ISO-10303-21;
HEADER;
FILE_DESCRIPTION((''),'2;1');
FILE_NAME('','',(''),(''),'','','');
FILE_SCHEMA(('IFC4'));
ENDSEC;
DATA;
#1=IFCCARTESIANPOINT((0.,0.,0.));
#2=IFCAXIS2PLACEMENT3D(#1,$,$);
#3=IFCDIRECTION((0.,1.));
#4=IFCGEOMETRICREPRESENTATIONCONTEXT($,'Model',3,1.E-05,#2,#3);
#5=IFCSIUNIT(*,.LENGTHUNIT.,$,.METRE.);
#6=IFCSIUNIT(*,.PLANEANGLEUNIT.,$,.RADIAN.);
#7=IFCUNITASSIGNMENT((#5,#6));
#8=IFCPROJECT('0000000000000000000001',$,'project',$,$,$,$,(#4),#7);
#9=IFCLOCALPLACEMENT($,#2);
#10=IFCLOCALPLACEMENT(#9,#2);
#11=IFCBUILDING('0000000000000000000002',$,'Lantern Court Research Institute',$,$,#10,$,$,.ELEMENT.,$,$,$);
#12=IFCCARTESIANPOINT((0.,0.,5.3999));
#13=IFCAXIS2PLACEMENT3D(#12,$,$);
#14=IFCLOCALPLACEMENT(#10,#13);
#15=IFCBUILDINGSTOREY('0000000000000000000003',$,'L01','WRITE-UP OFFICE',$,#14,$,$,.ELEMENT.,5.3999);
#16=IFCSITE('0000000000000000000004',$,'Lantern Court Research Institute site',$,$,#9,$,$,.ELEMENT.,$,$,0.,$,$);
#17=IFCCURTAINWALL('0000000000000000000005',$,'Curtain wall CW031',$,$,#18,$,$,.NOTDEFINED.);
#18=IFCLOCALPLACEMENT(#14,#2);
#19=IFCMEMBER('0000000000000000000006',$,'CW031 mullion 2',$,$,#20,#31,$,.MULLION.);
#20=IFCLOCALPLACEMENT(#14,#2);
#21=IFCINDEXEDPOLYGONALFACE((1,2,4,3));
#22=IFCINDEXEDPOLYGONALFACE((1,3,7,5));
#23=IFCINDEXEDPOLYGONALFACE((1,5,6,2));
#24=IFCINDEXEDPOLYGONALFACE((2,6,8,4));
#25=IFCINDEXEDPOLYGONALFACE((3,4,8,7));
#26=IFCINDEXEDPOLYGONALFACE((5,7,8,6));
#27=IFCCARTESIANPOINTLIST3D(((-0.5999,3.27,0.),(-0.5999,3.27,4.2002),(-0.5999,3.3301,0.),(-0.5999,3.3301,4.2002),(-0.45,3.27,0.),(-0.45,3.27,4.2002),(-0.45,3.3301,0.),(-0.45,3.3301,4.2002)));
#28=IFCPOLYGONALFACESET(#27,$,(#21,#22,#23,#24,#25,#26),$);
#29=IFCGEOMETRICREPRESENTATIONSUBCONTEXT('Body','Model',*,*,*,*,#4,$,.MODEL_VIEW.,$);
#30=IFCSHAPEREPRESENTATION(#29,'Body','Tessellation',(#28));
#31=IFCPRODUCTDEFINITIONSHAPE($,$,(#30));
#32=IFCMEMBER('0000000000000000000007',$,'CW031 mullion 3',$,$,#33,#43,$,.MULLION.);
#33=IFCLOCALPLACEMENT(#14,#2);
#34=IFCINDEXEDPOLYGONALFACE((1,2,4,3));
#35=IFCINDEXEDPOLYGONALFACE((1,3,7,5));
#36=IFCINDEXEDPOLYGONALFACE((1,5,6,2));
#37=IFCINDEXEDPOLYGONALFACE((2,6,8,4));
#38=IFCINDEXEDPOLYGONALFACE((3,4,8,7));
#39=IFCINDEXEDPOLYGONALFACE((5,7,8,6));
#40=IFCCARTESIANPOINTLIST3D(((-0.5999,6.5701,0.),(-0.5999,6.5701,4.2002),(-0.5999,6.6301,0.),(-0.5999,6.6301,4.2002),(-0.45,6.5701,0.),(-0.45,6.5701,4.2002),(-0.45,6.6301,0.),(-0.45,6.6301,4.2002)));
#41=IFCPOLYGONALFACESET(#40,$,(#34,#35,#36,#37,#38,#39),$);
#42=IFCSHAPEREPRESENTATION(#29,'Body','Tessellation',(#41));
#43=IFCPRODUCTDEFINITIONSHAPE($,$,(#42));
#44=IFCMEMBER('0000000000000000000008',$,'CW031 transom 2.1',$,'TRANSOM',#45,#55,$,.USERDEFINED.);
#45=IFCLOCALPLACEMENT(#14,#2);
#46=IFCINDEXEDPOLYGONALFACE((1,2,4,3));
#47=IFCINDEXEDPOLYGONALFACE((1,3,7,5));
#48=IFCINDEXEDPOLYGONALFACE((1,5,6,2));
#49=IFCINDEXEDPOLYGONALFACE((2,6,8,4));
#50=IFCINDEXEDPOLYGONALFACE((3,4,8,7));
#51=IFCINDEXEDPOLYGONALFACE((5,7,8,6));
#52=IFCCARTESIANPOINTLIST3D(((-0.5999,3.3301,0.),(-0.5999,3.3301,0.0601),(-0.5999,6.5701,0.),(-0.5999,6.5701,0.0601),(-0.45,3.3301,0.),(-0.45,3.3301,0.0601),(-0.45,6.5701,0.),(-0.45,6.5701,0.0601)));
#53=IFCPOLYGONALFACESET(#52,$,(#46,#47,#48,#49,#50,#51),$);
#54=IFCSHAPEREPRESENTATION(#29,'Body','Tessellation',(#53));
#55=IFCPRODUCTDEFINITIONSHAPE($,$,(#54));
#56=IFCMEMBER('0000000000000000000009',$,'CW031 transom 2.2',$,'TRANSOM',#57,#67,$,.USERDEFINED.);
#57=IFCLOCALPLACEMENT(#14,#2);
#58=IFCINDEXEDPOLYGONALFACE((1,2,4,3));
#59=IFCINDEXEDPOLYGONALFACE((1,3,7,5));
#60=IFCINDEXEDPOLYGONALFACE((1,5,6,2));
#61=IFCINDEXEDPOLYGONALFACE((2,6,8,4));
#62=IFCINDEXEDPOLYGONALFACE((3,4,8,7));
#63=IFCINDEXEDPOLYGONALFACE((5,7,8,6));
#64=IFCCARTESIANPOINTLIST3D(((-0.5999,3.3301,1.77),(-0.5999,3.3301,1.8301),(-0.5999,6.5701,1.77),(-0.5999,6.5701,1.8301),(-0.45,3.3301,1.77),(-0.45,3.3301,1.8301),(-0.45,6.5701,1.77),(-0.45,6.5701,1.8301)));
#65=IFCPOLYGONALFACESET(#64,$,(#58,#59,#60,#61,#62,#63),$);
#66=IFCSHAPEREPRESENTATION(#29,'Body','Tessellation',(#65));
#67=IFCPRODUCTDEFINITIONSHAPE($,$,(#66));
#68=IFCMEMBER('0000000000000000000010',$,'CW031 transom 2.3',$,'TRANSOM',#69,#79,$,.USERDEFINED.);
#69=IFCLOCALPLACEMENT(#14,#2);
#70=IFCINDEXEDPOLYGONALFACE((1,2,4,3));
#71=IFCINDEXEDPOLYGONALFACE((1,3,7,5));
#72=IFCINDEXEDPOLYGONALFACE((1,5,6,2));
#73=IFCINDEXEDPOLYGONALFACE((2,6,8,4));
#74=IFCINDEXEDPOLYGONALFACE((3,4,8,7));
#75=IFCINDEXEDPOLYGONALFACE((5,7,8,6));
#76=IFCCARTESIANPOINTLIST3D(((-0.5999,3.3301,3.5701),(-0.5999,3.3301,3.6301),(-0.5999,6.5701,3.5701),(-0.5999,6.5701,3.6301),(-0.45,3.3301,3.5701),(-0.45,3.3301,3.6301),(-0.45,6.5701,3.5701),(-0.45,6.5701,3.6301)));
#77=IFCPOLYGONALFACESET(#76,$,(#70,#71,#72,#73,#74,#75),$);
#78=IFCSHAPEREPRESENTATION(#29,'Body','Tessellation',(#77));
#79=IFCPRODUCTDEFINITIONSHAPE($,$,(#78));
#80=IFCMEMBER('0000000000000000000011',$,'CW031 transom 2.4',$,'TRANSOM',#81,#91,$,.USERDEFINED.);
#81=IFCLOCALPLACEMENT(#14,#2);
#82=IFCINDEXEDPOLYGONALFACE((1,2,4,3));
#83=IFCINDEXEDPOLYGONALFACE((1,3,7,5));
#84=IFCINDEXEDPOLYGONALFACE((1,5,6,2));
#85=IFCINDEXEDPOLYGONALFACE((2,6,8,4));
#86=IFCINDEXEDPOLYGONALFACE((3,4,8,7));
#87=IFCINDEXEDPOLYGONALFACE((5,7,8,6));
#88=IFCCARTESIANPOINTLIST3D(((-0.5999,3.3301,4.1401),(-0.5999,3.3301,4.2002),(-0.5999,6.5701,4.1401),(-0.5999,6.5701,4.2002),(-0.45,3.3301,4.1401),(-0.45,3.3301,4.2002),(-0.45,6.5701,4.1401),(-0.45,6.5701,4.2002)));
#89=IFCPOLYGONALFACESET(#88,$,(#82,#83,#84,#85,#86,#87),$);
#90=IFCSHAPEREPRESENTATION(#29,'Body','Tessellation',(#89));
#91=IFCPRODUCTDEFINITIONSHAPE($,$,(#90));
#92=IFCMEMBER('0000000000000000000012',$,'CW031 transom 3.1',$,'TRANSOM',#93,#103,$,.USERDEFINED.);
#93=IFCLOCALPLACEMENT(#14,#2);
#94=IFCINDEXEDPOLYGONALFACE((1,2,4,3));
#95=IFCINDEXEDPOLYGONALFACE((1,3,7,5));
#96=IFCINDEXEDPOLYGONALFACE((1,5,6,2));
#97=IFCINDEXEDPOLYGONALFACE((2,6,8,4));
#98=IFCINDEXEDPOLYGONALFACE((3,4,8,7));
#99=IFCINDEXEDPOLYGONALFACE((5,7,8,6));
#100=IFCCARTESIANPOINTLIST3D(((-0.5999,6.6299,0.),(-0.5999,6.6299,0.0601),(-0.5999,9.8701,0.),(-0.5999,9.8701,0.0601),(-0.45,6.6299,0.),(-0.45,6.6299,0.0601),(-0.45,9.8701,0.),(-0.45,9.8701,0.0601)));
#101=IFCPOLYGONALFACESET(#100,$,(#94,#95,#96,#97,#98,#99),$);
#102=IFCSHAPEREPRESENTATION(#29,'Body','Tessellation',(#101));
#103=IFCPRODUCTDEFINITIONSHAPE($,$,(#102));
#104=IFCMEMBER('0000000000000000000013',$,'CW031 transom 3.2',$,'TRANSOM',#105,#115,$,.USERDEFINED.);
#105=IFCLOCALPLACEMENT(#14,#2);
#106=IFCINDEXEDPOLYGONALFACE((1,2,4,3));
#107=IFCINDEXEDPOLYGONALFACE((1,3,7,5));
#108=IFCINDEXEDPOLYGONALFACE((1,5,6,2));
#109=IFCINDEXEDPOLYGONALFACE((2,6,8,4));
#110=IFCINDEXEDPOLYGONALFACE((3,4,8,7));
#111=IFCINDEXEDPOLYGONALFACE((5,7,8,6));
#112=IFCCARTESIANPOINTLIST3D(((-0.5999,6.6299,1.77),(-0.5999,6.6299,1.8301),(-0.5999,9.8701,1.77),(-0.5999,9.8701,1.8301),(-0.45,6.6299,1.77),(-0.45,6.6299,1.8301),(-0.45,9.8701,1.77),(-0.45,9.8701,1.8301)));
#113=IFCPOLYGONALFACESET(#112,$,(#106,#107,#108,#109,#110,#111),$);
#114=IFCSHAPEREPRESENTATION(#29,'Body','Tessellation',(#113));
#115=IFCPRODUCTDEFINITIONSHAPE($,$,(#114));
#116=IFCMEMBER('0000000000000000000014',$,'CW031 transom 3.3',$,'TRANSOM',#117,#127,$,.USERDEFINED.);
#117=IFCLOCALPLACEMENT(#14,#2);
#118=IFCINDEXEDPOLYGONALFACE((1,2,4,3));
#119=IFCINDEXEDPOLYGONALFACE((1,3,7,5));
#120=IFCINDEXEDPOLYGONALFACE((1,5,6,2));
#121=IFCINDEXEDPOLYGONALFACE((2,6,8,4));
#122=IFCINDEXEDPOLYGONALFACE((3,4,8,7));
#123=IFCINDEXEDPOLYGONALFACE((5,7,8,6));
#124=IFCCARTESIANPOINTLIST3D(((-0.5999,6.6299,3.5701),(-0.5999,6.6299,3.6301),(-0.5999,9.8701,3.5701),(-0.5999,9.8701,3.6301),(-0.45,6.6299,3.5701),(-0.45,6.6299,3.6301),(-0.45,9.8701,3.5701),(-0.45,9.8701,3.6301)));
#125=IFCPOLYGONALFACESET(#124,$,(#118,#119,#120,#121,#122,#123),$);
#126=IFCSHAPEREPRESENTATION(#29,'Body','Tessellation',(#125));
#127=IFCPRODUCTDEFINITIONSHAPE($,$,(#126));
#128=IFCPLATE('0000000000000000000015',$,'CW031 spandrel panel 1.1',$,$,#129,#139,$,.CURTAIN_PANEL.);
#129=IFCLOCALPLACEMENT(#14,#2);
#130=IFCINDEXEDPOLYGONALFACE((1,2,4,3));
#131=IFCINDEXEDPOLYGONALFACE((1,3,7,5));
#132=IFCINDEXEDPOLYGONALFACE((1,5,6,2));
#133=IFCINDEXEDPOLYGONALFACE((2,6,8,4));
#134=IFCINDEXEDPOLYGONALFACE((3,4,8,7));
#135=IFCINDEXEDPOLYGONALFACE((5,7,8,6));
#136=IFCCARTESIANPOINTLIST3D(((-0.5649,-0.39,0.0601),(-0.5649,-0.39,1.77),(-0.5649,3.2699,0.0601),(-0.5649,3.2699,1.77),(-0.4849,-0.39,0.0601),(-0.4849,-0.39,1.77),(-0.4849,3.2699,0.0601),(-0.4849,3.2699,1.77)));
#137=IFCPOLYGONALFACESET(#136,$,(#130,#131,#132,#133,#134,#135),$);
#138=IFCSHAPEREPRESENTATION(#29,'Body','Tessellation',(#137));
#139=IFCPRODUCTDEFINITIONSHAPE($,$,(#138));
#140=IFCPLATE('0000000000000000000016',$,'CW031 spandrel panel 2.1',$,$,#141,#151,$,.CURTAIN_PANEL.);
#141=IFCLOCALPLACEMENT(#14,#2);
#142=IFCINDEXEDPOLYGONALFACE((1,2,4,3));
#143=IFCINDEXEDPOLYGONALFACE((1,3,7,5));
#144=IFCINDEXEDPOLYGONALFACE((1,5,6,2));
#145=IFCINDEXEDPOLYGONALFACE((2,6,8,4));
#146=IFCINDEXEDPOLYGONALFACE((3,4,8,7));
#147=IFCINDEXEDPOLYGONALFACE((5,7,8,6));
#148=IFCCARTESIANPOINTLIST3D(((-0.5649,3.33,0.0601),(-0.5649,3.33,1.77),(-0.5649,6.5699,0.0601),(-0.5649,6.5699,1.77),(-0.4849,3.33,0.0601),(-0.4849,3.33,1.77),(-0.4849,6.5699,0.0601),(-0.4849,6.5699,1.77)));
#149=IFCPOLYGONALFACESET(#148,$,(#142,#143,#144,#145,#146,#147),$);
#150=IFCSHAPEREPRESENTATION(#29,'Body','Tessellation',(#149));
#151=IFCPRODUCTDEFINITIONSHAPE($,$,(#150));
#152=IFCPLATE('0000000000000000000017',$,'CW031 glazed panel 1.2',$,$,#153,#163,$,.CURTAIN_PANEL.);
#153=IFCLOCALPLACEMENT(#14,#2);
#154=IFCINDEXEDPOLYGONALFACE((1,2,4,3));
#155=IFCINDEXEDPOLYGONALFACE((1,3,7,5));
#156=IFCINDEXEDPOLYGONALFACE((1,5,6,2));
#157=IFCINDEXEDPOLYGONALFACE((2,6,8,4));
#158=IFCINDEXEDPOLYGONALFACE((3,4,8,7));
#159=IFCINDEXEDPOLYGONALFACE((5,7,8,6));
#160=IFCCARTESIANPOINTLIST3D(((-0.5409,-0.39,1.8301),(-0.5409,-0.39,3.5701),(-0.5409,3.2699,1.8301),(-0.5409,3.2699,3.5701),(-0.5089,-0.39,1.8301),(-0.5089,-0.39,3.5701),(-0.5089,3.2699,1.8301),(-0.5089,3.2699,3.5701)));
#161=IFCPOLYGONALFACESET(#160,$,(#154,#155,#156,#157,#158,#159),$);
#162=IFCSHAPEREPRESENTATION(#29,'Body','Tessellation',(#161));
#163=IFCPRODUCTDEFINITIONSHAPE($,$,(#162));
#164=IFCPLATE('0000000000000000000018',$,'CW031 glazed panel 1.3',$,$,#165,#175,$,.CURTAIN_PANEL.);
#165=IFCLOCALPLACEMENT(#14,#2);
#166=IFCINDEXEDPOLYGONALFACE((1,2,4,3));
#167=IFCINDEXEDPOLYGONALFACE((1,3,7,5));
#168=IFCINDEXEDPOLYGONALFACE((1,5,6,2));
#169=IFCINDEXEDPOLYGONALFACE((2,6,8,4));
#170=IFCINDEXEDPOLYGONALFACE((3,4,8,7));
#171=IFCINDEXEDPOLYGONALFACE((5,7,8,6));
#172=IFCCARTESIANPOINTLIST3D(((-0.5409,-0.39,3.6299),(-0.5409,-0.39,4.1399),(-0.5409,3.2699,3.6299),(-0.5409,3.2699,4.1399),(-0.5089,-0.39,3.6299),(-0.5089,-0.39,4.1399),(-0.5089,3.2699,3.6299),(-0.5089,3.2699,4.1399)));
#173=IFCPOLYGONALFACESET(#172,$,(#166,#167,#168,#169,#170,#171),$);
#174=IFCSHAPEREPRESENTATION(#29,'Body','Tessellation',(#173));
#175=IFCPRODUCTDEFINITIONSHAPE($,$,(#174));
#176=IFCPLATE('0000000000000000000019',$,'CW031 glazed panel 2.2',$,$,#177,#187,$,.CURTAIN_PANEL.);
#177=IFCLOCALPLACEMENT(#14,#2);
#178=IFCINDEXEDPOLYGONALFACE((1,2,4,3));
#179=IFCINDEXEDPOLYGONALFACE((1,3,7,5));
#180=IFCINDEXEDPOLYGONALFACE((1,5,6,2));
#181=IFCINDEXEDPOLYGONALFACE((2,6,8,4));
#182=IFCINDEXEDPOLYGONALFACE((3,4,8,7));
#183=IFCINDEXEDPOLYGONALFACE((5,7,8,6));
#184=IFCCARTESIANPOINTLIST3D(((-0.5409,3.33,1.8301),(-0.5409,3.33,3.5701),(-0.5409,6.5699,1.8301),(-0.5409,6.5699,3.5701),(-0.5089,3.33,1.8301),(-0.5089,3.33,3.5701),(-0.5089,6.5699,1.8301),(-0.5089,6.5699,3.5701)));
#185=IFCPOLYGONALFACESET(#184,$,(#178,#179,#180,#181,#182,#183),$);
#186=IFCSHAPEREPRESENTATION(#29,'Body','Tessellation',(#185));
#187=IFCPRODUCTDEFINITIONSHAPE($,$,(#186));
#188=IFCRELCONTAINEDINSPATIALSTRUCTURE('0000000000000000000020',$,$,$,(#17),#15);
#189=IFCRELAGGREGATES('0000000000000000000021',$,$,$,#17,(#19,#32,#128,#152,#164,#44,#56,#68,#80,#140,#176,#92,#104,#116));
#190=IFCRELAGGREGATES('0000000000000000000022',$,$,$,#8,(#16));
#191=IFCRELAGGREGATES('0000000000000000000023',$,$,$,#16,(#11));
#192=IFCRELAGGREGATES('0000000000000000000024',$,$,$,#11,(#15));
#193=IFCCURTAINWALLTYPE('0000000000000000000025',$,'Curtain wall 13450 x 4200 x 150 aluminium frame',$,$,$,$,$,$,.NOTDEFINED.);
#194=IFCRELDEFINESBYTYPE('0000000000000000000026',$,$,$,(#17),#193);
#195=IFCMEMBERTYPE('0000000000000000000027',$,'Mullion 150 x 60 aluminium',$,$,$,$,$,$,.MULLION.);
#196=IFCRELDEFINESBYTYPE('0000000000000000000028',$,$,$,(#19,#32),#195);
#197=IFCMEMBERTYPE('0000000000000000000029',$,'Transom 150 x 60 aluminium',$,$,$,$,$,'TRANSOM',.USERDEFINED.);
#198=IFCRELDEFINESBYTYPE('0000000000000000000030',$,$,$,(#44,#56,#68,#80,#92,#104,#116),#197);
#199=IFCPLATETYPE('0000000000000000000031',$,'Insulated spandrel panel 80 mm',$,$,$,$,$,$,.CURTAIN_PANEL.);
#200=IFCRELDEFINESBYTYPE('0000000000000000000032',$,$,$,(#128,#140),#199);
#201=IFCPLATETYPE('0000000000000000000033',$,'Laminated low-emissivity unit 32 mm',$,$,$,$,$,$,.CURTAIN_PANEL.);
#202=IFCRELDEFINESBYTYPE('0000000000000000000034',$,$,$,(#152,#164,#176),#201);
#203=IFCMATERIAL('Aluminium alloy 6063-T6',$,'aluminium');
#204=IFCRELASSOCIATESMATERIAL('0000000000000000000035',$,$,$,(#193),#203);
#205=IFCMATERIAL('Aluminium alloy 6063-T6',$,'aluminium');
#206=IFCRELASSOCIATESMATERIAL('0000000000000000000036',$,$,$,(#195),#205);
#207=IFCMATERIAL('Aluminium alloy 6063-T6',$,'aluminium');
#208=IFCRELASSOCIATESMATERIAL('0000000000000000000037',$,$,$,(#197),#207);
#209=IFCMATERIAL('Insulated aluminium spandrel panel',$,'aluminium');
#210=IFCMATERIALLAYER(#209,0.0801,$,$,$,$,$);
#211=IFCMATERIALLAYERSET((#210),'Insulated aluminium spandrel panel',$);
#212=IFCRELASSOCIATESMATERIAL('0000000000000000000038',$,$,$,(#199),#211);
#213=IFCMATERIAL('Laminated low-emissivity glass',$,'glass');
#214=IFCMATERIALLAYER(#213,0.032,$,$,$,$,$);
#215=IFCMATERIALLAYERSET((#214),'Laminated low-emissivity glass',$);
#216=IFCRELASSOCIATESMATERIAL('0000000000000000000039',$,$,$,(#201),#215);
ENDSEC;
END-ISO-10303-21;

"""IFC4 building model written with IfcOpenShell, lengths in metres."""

from ifc_helpers import new_model, si_unit, direction, frame, origin, origin_2d, place, context, subcontext, project, spatial, rectangle, extrude, material, layer, layer_set, material_profile, profile_set, type_object, element, aggregate, save


model = new_model("IFC4")

# Units and contexts
model_context = context("Model", 3, precision=1e-05, world=origin(), true_north=direction((0.0, 1.0)))
body_context = subcontext(model_context, "Body", "Model", "MODEL_VIEW")
ifc_project = project(units=[si_unit("LENGTHUNIT", "METRE"), si_unit("PLANEANGLEUNIT", "RADIAN")], contexts=[model_context])

# Site, building, storey
site_placement = place(None, origin())
site = spatial("IfcSite", under=ifc_project, at=site_placement, Name="Lantern Court Research Institute site", CompositionType="ELEMENT", RefElevation=0.0)
building_placement = place(site_placement, origin())
building = spatial("IfcBuilding", under=site, at=building_placement, Name="Lantern Court Research Institute", CompositionType="ELEMENT")
storey_placement = place(building_placement, frame((0.0, 0.0, 5.3999)))
storey = spatial("IfcBuildingStorey", under=building, at=storey_placement, Name="L01", Description="WRITE-UP OFFICE", CompositionType="ELEMENT", Elevation=5.3999)

# Curtain wall, members, plates
ifc_material_1 = material(Name="Aluminium alloy 6063-T6", Category="aluminium")
curtain_wall_type = type_object("IfcCurtainWallType", Name="Curtain wall 13450 x 4200 x 150 aluminium frame", PredefinedType="NOTDEFINED", material=ifc_material_1)
curtain_wall_placement = place(storey_placement, origin())
curtain_wall = element("IfcCurtainWall", 1, at=curtain_wall_placement, inside=storey, type_object=curtain_wall_type, Name="Curtain wall CW031", PredefinedType="NOTDEFINED")
ifc_material_2 = material(Name="Aluminium alloy 6063-T6", Category="aluminium")
ifc_material_profile_1 = material_profile(ifc_material_2, rectangle(XDim=0.1499, YDim=0.0601, at=origin_2d()), Name="Mullion 150 x 60")
ifc_profile_set_1 = profile_set([ifc_material_profile_1], Name="Aluminium alloy 6063-T6")
member_type_1 = type_object("IfcMemberType", Name="Mullion 150 x 60 aluminium", PredefinedType="MULLION", material=ifc_profile_set_1)
member_1_placement = place(storey_placement, frame((-0.5249, 3.3, 0.0), z_axis=(0.0, 0.0, 1.0), x_axis=(-1.0, 0.0, 0.0)))
member_1 = element("IfcMember", 2, at=member_1_placement, type_object=member_type_1, Name="CW031 mullion 2", PredefinedType="MULLION", context=body_context, shape_type="SweptSolid", body=[
    extrude(rectangle(XDim=0.1499, YDim=0.0601, at=origin_2d()), origin(), (0.0, 0.0, 1.0), 4.2002),
])
member_2_placement = place(storey_placement, frame((-0.5249, 6.6001, 0.0), z_axis=(0.0, 0.0, 1.0), x_axis=(-1.0, 0.0, 0.0)))
member_2 = element("IfcMember", 3, at=member_2_placement, type_object=member_type_1, Name="CW031 mullion 3", PredefinedType="MULLION", context=body_context, shape_type="SweptSolid", body=[
    extrude(rectangle(XDim=0.1499, YDim=0.0601, at=origin_2d()), origin(), (0.0, 0.0, 1.0), 4.2002),
])
ifc_material_3 = material(Name="Aluminium alloy 6063-T6", Category="aluminium")
ifc_material_profile_2 = material_profile(ifc_material_3, rectangle(XDim=0.1499, YDim=0.0601, at=origin_2d()), Name="Transom 150 x 60")
ifc_profile_set_2 = profile_set([ifc_material_profile_2], Name="Aluminium alloy 6063-T6")
member_type_2 = type_object("IfcMemberType", Name="Transom 150 x 60 aluminium", ElementType="TRANSOM", PredefinedType="USERDEFINED", material=ifc_profile_set_2)
member_3_placement = place(storey_placement, frame((-0.5249, 3.3301, 0.03), z_axis=(0.0, 1.0, 0.0), x_axis=(-1.0, 0.0, 0.0)))
member_3 = element("IfcMember", 4, at=member_3_placement, type_object=member_type_2, Name="CW031 transom 2.1", ObjectType="TRANSOM", PredefinedType="USERDEFINED", context=body_context, shape_type="SweptSolid", body=[
    extrude(rectangle(XDim=0.1499, YDim=0.0601, at=origin_2d()), origin(), (0.0, 0.0, 1.0), 3.24),
])
member_4_placement = place(storey_placement, frame((-0.5249, 3.3301, 1.8), z_axis=(0.0, 1.0, 0.0), x_axis=(-1.0, 0.0, 0.0)))
member_4 = element("IfcMember", 5, at=member_4_placement, type_object=member_type_2, Name="CW031 transom 2.2", ObjectType="TRANSOM", PredefinedType="USERDEFINED", context=body_context, shape_type="SweptSolid", body=[
    extrude(rectangle(XDim=0.1499, YDim=0.0601, at=origin_2d()), origin(), (0.0, 0.0, 1.0), 3.24),
])
member_5_placement = place(storey_placement, frame((-0.5249, 3.3301, 3.6001), z_axis=(0.0, 1.0, 0.0), x_axis=(-1.0, 0.0, 0.0)))
member_5 = element("IfcMember", 6, at=member_5_placement, type_object=member_type_2, Name="CW031 transom 2.3", ObjectType="TRANSOM", PredefinedType="USERDEFINED", context=body_context, shape_type="SweptSolid", body=[
    extrude(rectangle(XDim=0.1499, YDim=0.0601, at=origin_2d()), origin(), (0.0, 0.0, 1.0), 3.24),
])
member_6_placement = place(storey_placement, frame((-0.5249, 3.3301, 4.1702), z_axis=(0.0, 1.0, 0.0), x_axis=(-1.0, 0.0, 0.0)))
member_6 = element("IfcMember", 7, at=member_6_placement, type_object=member_type_2, Name="CW031 transom 2.4", ObjectType="TRANSOM", PredefinedType="USERDEFINED", context=body_context, shape_type="SweptSolid", body=[
    extrude(rectangle(XDim=0.1499, YDim=0.0601, at=origin_2d()), origin(), (0.0, 0.0, 1.0), 3.24),
])
member_7_placement = place(storey_placement, frame((-0.5249, 6.6299, 0.03), z_axis=(0.0, 1.0, 0.0), x_axis=(-1.0, 0.0, 0.0)))
member_7 = element("IfcMember", 8, at=member_7_placement, type_object=member_type_2, Name="CW031 transom 3.1", ObjectType="TRANSOM", PredefinedType="USERDEFINED", context=body_context, shape_type="SweptSolid", body=[
    extrude(rectangle(XDim=0.1499, YDim=0.0601, at=origin_2d()), origin(), (0.0, 0.0, 1.0), 3.2402),
])
member_8_placement = place(storey_placement, frame((-0.5249, 6.6299, 1.8), z_axis=(0.0, 1.0, 0.0), x_axis=(-1.0, 0.0, 0.0)))
member_8 = element("IfcMember", 9, at=member_8_placement, type_object=member_type_2, Name="CW031 transom 3.2", ObjectType="TRANSOM", PredefinedType="USERDEFINED", context=body_context, shape_type="SweptSolid", body=[
    extrude(rectangle(XDim=0.1499, YDim=0.0601, at=origin_2d()), origin(), (0.0, 0.0, 1.0), 3.2402),
])
member_9_placement = place(storey_placement, frame((-0.5249, 6.6299, 3.6001), z_axis=(0.0, 1.0, 0.0), x_axis=(-1.0, 0.0, 0.0)))
member_9 = element("IfcMember", 10, at=member_9_placement, type_object=member_type_2, Name="CW031 transom 3.3", ObjectType="TRANSOM", PredefinedType="USERDEFINED", context=body_context, shape_type="SweptSolid", body=[
    extrude(rectangle(XDim=0.1499, YDim=0.0601, at=origin_2d()), origin(), (0.0, 0.0, 1.0), 3.2402),
])
ifc_material_4 = material(Name="Insulated aluminium spandrel panel", Category="aluminium")
ifc_layer_1 = layer(ifc_material_4, 0.0801)
ifc_layer_set_1 = layer_set([ifc_layer_1], Name="Insulated aluminium spandrel panel")
plate_type_1 = type_object("IfcPlateType", Name="Insulated spandrel panel 80 mm", PredefinedType="CURTAIN_PANEL", material=ifc_layer_set_1)
plate_1_placement = place(storey_placement, frame((-0.5249, 1.4399, 0.0601), z_axis=(0.0, 0.0, 1.0), x_axis=(0.0, 1.0, 0.0)))
plate_1 = element("IfcPlate", 11, at=plate_1_placement, type_object=plate_type_1, Name="CW031 spandrel panel 1.1", PredefinedType="CURTAIN_PANEL", context=body_context, shape_type="SweptSolid", body=[
    extrude(rectangle(XDim=3.6599, YDim=0.0801, at=origin_2d()), origin(), (0.0, 0.0, 1.0), 1.71),
])
plate_2_placement = place(storey_placement, frame((-0.5249, 4.95, 0.0601), z_axis=(0.0, 0.0, 1.0), x_axis=(0.0, 1.0, 0.0)))
plate_2 = element("IfcPlate", 12, at=plate_2_placement, type_object=plate_type_1, Name="CW031 spandrel panel 2.1", PredefinedType="CURTAIN_PANEL", context=body_context, shape_type="SweptSolid", body=[
    extrude(rectangle(XDim=3.24, YDim=0.0801, at=origin_2d()), origin(), (0.0, 0.0, 1.0), 1.71),
])
ifc_material_5 = material(Name="Laminated low-emissivity glass", Category="glass")
ifc_layer_2 = layer(ifc_material_5, 0.032)
ifc_layer_set_2 = layer_set([ifc_layer_2], Name="Laminated low-emissivity glass")
plate_type_2 = type_object("IfcPlateType", Name="Laminated low-emissivity unit 32 mm", PredefinedType="CURTAIN_PANEL", material=ifc_layer_set_2)
plate_3_placement = place(storey_placement, frame((-0.5249, 1.4399, 1.8301), z_axis=(0.0, 0.0, 1.0), x_axis=(0.0, 1.0, 0.0)))
plate_3 = element("IfcPlate", 13, at=plate_3_placement, type_object=plate_type_2, Name="CW031 glazed panel 1.2", PredefinedType="CURTAIN_PANEL", context=body_context, shape_type="SweptSolid", body=[
    extrude(rectangle(XDim=3.6599, YDim=0.032, at=origin_2d()), origin(), (0.0, 0.0, 1.0), 1.74),
])
plate_4_placement = place(storey_placement, frame((-0.5249, 1.4399, 3.6299), z_axis=(0.0, 0.0, 1.0), x_axis=(0.0, 1.0, 0.0)))
plate_4 = element("IfcPlate", 14, at=plate_4_placement, type_object=plate_type_2, Name="CW031 glazed panel 1.3", PredefinedType="CURTAIN_PANEL", context=body_context, shape_type="SweptSolid", body=[
    extrude(rectangle(XDim=3.6599, YDim=0.032, at=origin_2d()), origin(), (0.0, 0.0, 1.0), 0.51),
])
plate_5_placement = place(storey_placement, frame((-0.5249, 4.95, 1.8301), z_axis=(0.0, 0.0, 1.0), x_axis=(0.0, 1.0, 0.0)))
plate_5 = element("IfcPlate", 15, at=plate_5_placement, type_object=plate_type_2, Name="CW031 glazed panel 2.2", PredefinedType="CURTAIN_PANEL", context=body_context, shape_type="SweptSolid", body=[
    extrude(rectangle(XDim=3.24, YDim=0.032, at=origin_2d()), origin(), (0.0, 0.0, 1.0), 1.74),
])
aggregate(curtain_wall, [member_1, member_2, plate_1, plate_3, plate_4, member_3, member_4, member_5, member_6, plate_2, plate_5, member_7, member_8, member_9])

save(model, "model.ifc")
